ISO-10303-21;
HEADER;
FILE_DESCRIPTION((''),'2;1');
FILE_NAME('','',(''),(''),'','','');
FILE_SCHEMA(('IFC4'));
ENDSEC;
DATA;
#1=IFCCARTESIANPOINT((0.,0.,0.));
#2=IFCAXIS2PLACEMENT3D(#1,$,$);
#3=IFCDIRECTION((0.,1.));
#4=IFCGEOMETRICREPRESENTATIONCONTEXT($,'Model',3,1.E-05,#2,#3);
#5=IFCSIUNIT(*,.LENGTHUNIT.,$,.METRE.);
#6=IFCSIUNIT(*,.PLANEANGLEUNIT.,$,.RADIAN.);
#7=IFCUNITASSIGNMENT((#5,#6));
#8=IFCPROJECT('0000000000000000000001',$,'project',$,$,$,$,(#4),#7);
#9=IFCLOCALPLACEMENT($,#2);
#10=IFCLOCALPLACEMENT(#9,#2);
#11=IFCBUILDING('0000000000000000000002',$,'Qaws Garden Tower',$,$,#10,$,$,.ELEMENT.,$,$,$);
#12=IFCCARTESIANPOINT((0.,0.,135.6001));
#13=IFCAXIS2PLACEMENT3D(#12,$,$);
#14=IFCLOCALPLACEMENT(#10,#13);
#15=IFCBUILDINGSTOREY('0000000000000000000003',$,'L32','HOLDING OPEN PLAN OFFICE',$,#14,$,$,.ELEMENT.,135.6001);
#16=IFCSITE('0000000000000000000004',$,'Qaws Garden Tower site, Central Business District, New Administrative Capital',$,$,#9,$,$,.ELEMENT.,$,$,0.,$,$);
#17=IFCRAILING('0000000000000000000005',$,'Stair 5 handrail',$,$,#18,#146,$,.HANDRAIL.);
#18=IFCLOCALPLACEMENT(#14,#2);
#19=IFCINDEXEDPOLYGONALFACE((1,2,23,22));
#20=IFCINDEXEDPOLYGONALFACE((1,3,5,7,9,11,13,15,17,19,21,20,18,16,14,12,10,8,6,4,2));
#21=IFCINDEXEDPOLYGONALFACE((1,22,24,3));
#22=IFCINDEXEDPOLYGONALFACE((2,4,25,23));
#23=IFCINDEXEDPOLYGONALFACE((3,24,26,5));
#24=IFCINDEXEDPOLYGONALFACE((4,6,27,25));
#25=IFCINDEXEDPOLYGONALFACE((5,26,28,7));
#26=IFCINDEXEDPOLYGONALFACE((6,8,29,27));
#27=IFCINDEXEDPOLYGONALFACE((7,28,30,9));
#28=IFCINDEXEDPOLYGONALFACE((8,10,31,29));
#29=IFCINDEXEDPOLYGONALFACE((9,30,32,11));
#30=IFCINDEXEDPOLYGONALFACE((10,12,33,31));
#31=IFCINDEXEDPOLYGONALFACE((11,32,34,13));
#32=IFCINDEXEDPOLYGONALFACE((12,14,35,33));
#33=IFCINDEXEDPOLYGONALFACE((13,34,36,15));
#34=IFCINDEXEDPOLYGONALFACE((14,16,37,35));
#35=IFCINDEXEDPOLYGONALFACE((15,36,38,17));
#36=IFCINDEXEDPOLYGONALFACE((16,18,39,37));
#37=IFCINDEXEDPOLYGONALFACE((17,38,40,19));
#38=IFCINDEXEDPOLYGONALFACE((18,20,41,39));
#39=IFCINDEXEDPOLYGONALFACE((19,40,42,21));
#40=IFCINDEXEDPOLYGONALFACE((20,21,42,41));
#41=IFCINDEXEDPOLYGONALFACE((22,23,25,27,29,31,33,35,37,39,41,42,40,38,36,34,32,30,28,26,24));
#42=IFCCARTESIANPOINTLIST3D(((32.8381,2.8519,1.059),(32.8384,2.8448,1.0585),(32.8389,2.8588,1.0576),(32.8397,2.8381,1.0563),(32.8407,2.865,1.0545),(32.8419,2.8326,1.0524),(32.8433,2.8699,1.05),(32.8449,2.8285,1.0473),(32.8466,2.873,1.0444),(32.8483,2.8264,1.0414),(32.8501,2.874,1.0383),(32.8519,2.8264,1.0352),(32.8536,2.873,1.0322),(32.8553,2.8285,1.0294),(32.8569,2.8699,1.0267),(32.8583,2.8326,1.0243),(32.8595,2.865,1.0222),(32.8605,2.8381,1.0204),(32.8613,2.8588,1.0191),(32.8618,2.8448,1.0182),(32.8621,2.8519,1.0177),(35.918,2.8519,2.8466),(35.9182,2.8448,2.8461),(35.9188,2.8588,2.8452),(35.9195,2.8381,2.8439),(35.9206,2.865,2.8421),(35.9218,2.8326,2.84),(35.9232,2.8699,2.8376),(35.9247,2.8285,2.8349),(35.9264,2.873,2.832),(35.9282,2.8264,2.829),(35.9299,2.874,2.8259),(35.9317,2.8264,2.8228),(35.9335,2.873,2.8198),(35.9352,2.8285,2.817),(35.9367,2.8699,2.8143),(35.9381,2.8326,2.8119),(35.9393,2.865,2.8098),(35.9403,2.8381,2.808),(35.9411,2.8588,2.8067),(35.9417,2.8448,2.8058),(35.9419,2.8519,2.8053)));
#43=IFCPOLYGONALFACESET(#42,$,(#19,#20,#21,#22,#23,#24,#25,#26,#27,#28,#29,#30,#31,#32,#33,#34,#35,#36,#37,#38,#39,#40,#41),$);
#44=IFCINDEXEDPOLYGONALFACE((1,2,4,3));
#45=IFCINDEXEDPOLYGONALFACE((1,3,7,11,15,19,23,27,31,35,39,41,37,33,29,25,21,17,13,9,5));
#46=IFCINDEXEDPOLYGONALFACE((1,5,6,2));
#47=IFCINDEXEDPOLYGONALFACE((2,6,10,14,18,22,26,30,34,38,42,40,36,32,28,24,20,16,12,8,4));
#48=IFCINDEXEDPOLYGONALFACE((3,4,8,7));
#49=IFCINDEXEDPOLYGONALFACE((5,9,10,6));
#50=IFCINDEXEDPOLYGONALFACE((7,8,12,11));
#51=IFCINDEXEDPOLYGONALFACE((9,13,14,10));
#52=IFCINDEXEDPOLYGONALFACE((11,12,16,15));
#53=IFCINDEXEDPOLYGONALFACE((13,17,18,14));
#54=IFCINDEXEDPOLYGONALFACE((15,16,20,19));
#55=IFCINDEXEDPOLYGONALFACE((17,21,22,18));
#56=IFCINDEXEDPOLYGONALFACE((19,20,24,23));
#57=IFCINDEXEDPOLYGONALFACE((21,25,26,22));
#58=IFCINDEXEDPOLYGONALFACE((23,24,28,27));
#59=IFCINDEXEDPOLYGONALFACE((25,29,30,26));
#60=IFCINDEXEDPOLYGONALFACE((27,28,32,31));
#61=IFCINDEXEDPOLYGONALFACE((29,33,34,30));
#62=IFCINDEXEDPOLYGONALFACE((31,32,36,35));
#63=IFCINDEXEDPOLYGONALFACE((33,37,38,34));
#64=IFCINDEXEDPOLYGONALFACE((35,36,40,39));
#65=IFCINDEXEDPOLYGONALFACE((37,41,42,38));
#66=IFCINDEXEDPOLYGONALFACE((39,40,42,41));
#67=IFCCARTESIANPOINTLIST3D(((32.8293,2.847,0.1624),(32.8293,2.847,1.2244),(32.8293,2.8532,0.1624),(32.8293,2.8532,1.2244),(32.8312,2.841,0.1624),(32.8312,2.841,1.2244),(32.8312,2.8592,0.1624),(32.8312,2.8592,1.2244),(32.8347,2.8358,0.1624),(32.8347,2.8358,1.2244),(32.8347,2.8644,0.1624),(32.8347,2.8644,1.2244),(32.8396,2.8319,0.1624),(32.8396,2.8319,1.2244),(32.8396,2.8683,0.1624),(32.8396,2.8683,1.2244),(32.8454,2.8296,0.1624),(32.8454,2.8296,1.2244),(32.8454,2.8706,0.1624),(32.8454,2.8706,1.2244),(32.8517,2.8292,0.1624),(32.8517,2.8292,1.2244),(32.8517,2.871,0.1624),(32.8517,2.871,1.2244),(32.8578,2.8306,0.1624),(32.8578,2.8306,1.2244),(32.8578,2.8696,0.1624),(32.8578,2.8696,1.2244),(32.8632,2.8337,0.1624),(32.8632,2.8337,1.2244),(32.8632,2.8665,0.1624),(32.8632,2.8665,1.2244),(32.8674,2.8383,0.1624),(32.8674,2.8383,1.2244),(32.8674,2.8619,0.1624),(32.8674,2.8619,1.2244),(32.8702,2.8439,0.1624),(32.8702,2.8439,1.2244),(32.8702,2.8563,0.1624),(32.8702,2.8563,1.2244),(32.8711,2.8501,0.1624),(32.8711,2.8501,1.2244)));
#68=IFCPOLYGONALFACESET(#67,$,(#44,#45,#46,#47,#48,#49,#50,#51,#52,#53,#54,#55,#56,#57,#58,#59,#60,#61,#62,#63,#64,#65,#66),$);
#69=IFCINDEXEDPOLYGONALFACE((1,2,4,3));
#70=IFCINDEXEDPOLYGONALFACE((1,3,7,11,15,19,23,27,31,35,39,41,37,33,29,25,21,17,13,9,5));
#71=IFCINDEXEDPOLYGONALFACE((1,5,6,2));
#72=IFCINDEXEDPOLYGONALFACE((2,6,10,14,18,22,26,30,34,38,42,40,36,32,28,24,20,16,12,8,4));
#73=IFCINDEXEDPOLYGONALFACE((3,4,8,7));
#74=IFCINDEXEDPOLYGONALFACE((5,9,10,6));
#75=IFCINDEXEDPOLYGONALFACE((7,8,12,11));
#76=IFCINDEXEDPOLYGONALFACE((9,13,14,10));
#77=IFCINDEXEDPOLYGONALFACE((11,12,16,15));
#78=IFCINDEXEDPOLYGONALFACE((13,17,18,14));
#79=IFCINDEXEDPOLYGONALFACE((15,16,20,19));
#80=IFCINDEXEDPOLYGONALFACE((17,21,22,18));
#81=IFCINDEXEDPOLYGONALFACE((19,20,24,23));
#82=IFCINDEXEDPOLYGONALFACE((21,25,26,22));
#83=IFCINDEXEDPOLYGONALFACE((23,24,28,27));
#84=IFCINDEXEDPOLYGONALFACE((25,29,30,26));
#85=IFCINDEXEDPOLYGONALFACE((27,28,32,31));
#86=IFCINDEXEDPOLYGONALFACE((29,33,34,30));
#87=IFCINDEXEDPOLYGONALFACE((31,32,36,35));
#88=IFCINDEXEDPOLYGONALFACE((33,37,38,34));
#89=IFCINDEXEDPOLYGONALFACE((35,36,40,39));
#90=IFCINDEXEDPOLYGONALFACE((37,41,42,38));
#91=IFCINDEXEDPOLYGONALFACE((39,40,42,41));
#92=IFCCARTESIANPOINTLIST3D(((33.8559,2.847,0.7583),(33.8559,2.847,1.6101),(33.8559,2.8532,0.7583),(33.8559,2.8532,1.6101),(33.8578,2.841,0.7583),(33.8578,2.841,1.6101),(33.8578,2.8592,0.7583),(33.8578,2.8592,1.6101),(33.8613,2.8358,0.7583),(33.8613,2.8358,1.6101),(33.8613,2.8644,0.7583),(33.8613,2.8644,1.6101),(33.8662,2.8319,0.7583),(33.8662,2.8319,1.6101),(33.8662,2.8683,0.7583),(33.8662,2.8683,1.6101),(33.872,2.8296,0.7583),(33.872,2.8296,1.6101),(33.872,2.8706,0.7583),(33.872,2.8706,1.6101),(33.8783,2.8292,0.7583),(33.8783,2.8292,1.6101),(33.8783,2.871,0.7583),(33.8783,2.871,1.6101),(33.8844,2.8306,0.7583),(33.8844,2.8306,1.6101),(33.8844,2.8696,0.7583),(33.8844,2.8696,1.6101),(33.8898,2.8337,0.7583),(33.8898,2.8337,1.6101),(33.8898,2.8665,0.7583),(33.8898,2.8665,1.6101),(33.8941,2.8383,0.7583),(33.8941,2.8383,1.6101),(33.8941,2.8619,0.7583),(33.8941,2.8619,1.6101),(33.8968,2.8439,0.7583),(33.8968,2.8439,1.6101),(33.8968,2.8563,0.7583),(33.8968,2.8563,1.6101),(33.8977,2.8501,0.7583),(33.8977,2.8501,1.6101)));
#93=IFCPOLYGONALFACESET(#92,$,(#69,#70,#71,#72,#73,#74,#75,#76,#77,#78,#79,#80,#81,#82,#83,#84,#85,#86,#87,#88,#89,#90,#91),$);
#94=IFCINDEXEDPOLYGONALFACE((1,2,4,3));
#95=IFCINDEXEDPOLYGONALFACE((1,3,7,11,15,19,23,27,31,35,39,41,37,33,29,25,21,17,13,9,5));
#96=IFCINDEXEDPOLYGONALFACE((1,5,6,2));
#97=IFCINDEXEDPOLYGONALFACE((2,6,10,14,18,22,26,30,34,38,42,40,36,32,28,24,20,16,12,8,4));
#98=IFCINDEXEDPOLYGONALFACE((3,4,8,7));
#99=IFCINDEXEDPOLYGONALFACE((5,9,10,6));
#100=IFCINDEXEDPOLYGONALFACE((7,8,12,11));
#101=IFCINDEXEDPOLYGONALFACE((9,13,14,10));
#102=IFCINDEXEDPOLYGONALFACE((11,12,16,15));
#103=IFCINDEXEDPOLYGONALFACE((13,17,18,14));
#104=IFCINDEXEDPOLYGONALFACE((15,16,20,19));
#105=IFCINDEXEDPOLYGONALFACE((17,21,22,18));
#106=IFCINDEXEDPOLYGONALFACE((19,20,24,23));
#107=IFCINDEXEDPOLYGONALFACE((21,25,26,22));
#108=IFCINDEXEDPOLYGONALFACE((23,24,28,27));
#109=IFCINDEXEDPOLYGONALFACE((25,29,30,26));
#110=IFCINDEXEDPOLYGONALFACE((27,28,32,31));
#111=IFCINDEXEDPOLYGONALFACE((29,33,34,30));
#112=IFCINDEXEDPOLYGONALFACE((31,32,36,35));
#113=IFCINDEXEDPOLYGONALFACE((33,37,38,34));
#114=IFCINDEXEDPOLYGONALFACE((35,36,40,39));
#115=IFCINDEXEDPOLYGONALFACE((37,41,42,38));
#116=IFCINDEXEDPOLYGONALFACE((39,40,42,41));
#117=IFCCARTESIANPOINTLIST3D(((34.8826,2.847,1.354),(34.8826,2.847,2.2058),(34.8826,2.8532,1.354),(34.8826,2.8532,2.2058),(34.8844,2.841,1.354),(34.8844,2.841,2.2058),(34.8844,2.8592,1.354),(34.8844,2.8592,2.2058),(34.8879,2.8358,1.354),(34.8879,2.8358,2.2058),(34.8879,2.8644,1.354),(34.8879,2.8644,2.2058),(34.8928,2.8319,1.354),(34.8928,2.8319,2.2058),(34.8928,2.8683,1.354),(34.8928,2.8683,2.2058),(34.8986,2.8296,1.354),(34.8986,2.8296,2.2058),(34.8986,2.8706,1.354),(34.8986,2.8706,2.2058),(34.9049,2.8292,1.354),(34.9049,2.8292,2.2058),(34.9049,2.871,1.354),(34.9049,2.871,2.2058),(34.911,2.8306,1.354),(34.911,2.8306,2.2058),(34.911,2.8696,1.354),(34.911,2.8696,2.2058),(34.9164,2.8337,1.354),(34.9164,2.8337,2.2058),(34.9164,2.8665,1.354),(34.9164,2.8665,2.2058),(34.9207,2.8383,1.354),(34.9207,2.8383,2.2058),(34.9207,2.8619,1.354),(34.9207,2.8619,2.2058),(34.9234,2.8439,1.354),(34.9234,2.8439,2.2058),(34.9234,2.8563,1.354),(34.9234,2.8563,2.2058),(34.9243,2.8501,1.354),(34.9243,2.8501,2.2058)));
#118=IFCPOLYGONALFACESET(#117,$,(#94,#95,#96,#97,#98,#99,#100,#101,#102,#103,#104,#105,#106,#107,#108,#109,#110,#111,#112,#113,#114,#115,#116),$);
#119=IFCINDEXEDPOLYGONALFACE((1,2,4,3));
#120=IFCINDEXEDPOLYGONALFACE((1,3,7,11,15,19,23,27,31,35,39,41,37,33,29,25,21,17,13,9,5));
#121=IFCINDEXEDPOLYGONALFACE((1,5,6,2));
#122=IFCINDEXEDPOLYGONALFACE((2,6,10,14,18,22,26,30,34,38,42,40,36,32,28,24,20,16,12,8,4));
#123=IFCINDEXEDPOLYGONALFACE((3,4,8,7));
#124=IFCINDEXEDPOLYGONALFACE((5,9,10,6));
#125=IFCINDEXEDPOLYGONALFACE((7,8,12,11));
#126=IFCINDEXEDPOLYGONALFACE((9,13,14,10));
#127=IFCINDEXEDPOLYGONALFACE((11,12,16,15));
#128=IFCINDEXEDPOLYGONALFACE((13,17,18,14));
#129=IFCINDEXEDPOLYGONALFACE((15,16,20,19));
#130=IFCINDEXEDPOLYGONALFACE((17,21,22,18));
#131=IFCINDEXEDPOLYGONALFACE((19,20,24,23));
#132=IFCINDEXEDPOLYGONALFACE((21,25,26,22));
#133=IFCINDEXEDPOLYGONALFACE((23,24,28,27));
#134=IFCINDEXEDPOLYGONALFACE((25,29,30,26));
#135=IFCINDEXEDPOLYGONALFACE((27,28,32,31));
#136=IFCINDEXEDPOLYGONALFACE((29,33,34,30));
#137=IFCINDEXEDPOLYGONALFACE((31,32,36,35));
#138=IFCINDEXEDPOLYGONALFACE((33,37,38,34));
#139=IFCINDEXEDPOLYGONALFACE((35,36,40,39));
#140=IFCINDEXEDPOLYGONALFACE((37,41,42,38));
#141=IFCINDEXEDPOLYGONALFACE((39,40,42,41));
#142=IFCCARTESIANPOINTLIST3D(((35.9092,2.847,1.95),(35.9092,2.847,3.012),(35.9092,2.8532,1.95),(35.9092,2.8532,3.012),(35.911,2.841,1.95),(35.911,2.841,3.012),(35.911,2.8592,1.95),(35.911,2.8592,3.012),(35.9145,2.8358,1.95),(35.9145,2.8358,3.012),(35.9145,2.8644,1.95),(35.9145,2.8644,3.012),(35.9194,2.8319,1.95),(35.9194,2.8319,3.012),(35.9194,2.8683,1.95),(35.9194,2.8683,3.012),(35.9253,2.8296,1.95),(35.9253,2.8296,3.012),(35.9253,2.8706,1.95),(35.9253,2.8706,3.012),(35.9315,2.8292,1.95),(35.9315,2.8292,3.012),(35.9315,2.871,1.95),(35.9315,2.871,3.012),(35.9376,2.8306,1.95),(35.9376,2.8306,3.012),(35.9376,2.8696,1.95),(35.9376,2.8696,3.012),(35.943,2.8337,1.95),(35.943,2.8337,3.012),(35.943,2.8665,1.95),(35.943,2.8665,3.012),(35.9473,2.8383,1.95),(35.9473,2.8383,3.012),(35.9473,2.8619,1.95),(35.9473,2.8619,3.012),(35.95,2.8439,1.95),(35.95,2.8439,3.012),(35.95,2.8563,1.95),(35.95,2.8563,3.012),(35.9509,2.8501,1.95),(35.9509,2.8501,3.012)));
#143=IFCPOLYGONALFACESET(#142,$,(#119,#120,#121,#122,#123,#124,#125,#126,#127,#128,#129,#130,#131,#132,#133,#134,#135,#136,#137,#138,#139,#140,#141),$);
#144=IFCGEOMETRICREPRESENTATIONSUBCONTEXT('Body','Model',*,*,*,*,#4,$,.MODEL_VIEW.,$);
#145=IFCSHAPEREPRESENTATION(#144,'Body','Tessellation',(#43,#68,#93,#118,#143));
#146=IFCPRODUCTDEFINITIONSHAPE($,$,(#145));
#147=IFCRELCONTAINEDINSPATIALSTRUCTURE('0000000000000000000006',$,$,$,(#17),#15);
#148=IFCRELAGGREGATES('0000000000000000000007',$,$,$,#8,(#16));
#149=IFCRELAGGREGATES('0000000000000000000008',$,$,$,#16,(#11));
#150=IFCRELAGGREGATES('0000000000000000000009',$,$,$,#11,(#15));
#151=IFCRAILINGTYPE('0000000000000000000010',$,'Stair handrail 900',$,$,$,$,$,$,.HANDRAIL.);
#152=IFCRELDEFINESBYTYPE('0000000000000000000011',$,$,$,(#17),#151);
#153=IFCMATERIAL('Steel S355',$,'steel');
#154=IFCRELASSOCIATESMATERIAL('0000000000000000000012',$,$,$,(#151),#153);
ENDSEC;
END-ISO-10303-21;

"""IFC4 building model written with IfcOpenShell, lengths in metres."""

from ifc_helpers import new_model, si_unit, direction, frame, origin, origin_2d, place, context, subcontext, project, spatial, circle, extrude, material, type_object, element, save


model = new_model("IFC4")

# Units and contexts
model_context = context("Model", 3, precision=1e-05, world=origin(), true_north=direction((0.0, 1.0)))
body_context = subcontext(model_context, "Body", "Model", "MODEL_VIEW")
ifc_project = project(units=[si_unit("LENGTHUNIT", "METRE"), si_unit("PLANEANGLEUNIT", "RADIAN")], contexts=[model_context])

# Site, building, storey
site_placement = place(None, origin())
site = spatial("IfcSite", under=ifc_project, at=site_placement, Name="Qaws Garden Tower site, Central Business District, New Administrative Capital", CompositionType="ELEMENT", RefElevation=0.0)
building_placement = place(site_placement, origin())
building = spatial("IfcBuilding", under=site, at=building_placement, Name="Qaws Garden Tower", CompositionType="ELEMENT")
storey_placement = place(building_placement, frame((0.0, 0.0, 135.6001)))
storey = spatial("IfcBuildingStorey", under=building, at=storey_placement, Name="L32", Description="HOLDING OPEN PLAN OFFICE", CompositionType="ELEMENT", Elevation=135.6001)

# Railing
ifc_material_1 = material(Name="Steel S355", Category="steel")
railing_type = type_object("IfcRailingType", Name="Stair handrail 900", PredefinedType="HANDRAIL", material=ifc_material_1)
railing_1_placement = place(storey_placement, frame((32.8501, 2.8501, 0.1624)))
element("IfcRailing", 1, at=railing_1_placement, inside=storey, type_object=railing_type, Name="Stair 5 handrail", PredefinedType="HANDRAIL", context=body_context, shape_type="SweptSolid", body=[
    extrude(circle(Radius=0.0239, at=origin_2d()), frame((0.0, 0.0, 0.876), z_axis=(0.864873, 0.0, 0.50199), x_axis=(0.0, 1.0, 0.0)), (0.0, 0.0, 1.0), 3.561),
    extrude(circle(Radius=0.021, at=origin_2d()), origin(), (0.0, 0.0, 1.0), 1.062),
    extrude(circle(Radius=0.021, at=origin_2d()), frame((1.0266, 0.0, 0.5959)), (0.0, 0.0, 1.0), 0.8518),
    extrude(circle(Radius=0.021, at=origin_2d()), frame((2.0532, 0.0, 1.1917)), (0.0, 0.0, 1.0), 0.8518),
    extrude(circle(Radius=0.021, at=origin_2d()), frame((3.0798, 0.0, 1.7876)), (0.0, 0.0, 1.0), 1.062),
])

save(model, "model.ifc")
